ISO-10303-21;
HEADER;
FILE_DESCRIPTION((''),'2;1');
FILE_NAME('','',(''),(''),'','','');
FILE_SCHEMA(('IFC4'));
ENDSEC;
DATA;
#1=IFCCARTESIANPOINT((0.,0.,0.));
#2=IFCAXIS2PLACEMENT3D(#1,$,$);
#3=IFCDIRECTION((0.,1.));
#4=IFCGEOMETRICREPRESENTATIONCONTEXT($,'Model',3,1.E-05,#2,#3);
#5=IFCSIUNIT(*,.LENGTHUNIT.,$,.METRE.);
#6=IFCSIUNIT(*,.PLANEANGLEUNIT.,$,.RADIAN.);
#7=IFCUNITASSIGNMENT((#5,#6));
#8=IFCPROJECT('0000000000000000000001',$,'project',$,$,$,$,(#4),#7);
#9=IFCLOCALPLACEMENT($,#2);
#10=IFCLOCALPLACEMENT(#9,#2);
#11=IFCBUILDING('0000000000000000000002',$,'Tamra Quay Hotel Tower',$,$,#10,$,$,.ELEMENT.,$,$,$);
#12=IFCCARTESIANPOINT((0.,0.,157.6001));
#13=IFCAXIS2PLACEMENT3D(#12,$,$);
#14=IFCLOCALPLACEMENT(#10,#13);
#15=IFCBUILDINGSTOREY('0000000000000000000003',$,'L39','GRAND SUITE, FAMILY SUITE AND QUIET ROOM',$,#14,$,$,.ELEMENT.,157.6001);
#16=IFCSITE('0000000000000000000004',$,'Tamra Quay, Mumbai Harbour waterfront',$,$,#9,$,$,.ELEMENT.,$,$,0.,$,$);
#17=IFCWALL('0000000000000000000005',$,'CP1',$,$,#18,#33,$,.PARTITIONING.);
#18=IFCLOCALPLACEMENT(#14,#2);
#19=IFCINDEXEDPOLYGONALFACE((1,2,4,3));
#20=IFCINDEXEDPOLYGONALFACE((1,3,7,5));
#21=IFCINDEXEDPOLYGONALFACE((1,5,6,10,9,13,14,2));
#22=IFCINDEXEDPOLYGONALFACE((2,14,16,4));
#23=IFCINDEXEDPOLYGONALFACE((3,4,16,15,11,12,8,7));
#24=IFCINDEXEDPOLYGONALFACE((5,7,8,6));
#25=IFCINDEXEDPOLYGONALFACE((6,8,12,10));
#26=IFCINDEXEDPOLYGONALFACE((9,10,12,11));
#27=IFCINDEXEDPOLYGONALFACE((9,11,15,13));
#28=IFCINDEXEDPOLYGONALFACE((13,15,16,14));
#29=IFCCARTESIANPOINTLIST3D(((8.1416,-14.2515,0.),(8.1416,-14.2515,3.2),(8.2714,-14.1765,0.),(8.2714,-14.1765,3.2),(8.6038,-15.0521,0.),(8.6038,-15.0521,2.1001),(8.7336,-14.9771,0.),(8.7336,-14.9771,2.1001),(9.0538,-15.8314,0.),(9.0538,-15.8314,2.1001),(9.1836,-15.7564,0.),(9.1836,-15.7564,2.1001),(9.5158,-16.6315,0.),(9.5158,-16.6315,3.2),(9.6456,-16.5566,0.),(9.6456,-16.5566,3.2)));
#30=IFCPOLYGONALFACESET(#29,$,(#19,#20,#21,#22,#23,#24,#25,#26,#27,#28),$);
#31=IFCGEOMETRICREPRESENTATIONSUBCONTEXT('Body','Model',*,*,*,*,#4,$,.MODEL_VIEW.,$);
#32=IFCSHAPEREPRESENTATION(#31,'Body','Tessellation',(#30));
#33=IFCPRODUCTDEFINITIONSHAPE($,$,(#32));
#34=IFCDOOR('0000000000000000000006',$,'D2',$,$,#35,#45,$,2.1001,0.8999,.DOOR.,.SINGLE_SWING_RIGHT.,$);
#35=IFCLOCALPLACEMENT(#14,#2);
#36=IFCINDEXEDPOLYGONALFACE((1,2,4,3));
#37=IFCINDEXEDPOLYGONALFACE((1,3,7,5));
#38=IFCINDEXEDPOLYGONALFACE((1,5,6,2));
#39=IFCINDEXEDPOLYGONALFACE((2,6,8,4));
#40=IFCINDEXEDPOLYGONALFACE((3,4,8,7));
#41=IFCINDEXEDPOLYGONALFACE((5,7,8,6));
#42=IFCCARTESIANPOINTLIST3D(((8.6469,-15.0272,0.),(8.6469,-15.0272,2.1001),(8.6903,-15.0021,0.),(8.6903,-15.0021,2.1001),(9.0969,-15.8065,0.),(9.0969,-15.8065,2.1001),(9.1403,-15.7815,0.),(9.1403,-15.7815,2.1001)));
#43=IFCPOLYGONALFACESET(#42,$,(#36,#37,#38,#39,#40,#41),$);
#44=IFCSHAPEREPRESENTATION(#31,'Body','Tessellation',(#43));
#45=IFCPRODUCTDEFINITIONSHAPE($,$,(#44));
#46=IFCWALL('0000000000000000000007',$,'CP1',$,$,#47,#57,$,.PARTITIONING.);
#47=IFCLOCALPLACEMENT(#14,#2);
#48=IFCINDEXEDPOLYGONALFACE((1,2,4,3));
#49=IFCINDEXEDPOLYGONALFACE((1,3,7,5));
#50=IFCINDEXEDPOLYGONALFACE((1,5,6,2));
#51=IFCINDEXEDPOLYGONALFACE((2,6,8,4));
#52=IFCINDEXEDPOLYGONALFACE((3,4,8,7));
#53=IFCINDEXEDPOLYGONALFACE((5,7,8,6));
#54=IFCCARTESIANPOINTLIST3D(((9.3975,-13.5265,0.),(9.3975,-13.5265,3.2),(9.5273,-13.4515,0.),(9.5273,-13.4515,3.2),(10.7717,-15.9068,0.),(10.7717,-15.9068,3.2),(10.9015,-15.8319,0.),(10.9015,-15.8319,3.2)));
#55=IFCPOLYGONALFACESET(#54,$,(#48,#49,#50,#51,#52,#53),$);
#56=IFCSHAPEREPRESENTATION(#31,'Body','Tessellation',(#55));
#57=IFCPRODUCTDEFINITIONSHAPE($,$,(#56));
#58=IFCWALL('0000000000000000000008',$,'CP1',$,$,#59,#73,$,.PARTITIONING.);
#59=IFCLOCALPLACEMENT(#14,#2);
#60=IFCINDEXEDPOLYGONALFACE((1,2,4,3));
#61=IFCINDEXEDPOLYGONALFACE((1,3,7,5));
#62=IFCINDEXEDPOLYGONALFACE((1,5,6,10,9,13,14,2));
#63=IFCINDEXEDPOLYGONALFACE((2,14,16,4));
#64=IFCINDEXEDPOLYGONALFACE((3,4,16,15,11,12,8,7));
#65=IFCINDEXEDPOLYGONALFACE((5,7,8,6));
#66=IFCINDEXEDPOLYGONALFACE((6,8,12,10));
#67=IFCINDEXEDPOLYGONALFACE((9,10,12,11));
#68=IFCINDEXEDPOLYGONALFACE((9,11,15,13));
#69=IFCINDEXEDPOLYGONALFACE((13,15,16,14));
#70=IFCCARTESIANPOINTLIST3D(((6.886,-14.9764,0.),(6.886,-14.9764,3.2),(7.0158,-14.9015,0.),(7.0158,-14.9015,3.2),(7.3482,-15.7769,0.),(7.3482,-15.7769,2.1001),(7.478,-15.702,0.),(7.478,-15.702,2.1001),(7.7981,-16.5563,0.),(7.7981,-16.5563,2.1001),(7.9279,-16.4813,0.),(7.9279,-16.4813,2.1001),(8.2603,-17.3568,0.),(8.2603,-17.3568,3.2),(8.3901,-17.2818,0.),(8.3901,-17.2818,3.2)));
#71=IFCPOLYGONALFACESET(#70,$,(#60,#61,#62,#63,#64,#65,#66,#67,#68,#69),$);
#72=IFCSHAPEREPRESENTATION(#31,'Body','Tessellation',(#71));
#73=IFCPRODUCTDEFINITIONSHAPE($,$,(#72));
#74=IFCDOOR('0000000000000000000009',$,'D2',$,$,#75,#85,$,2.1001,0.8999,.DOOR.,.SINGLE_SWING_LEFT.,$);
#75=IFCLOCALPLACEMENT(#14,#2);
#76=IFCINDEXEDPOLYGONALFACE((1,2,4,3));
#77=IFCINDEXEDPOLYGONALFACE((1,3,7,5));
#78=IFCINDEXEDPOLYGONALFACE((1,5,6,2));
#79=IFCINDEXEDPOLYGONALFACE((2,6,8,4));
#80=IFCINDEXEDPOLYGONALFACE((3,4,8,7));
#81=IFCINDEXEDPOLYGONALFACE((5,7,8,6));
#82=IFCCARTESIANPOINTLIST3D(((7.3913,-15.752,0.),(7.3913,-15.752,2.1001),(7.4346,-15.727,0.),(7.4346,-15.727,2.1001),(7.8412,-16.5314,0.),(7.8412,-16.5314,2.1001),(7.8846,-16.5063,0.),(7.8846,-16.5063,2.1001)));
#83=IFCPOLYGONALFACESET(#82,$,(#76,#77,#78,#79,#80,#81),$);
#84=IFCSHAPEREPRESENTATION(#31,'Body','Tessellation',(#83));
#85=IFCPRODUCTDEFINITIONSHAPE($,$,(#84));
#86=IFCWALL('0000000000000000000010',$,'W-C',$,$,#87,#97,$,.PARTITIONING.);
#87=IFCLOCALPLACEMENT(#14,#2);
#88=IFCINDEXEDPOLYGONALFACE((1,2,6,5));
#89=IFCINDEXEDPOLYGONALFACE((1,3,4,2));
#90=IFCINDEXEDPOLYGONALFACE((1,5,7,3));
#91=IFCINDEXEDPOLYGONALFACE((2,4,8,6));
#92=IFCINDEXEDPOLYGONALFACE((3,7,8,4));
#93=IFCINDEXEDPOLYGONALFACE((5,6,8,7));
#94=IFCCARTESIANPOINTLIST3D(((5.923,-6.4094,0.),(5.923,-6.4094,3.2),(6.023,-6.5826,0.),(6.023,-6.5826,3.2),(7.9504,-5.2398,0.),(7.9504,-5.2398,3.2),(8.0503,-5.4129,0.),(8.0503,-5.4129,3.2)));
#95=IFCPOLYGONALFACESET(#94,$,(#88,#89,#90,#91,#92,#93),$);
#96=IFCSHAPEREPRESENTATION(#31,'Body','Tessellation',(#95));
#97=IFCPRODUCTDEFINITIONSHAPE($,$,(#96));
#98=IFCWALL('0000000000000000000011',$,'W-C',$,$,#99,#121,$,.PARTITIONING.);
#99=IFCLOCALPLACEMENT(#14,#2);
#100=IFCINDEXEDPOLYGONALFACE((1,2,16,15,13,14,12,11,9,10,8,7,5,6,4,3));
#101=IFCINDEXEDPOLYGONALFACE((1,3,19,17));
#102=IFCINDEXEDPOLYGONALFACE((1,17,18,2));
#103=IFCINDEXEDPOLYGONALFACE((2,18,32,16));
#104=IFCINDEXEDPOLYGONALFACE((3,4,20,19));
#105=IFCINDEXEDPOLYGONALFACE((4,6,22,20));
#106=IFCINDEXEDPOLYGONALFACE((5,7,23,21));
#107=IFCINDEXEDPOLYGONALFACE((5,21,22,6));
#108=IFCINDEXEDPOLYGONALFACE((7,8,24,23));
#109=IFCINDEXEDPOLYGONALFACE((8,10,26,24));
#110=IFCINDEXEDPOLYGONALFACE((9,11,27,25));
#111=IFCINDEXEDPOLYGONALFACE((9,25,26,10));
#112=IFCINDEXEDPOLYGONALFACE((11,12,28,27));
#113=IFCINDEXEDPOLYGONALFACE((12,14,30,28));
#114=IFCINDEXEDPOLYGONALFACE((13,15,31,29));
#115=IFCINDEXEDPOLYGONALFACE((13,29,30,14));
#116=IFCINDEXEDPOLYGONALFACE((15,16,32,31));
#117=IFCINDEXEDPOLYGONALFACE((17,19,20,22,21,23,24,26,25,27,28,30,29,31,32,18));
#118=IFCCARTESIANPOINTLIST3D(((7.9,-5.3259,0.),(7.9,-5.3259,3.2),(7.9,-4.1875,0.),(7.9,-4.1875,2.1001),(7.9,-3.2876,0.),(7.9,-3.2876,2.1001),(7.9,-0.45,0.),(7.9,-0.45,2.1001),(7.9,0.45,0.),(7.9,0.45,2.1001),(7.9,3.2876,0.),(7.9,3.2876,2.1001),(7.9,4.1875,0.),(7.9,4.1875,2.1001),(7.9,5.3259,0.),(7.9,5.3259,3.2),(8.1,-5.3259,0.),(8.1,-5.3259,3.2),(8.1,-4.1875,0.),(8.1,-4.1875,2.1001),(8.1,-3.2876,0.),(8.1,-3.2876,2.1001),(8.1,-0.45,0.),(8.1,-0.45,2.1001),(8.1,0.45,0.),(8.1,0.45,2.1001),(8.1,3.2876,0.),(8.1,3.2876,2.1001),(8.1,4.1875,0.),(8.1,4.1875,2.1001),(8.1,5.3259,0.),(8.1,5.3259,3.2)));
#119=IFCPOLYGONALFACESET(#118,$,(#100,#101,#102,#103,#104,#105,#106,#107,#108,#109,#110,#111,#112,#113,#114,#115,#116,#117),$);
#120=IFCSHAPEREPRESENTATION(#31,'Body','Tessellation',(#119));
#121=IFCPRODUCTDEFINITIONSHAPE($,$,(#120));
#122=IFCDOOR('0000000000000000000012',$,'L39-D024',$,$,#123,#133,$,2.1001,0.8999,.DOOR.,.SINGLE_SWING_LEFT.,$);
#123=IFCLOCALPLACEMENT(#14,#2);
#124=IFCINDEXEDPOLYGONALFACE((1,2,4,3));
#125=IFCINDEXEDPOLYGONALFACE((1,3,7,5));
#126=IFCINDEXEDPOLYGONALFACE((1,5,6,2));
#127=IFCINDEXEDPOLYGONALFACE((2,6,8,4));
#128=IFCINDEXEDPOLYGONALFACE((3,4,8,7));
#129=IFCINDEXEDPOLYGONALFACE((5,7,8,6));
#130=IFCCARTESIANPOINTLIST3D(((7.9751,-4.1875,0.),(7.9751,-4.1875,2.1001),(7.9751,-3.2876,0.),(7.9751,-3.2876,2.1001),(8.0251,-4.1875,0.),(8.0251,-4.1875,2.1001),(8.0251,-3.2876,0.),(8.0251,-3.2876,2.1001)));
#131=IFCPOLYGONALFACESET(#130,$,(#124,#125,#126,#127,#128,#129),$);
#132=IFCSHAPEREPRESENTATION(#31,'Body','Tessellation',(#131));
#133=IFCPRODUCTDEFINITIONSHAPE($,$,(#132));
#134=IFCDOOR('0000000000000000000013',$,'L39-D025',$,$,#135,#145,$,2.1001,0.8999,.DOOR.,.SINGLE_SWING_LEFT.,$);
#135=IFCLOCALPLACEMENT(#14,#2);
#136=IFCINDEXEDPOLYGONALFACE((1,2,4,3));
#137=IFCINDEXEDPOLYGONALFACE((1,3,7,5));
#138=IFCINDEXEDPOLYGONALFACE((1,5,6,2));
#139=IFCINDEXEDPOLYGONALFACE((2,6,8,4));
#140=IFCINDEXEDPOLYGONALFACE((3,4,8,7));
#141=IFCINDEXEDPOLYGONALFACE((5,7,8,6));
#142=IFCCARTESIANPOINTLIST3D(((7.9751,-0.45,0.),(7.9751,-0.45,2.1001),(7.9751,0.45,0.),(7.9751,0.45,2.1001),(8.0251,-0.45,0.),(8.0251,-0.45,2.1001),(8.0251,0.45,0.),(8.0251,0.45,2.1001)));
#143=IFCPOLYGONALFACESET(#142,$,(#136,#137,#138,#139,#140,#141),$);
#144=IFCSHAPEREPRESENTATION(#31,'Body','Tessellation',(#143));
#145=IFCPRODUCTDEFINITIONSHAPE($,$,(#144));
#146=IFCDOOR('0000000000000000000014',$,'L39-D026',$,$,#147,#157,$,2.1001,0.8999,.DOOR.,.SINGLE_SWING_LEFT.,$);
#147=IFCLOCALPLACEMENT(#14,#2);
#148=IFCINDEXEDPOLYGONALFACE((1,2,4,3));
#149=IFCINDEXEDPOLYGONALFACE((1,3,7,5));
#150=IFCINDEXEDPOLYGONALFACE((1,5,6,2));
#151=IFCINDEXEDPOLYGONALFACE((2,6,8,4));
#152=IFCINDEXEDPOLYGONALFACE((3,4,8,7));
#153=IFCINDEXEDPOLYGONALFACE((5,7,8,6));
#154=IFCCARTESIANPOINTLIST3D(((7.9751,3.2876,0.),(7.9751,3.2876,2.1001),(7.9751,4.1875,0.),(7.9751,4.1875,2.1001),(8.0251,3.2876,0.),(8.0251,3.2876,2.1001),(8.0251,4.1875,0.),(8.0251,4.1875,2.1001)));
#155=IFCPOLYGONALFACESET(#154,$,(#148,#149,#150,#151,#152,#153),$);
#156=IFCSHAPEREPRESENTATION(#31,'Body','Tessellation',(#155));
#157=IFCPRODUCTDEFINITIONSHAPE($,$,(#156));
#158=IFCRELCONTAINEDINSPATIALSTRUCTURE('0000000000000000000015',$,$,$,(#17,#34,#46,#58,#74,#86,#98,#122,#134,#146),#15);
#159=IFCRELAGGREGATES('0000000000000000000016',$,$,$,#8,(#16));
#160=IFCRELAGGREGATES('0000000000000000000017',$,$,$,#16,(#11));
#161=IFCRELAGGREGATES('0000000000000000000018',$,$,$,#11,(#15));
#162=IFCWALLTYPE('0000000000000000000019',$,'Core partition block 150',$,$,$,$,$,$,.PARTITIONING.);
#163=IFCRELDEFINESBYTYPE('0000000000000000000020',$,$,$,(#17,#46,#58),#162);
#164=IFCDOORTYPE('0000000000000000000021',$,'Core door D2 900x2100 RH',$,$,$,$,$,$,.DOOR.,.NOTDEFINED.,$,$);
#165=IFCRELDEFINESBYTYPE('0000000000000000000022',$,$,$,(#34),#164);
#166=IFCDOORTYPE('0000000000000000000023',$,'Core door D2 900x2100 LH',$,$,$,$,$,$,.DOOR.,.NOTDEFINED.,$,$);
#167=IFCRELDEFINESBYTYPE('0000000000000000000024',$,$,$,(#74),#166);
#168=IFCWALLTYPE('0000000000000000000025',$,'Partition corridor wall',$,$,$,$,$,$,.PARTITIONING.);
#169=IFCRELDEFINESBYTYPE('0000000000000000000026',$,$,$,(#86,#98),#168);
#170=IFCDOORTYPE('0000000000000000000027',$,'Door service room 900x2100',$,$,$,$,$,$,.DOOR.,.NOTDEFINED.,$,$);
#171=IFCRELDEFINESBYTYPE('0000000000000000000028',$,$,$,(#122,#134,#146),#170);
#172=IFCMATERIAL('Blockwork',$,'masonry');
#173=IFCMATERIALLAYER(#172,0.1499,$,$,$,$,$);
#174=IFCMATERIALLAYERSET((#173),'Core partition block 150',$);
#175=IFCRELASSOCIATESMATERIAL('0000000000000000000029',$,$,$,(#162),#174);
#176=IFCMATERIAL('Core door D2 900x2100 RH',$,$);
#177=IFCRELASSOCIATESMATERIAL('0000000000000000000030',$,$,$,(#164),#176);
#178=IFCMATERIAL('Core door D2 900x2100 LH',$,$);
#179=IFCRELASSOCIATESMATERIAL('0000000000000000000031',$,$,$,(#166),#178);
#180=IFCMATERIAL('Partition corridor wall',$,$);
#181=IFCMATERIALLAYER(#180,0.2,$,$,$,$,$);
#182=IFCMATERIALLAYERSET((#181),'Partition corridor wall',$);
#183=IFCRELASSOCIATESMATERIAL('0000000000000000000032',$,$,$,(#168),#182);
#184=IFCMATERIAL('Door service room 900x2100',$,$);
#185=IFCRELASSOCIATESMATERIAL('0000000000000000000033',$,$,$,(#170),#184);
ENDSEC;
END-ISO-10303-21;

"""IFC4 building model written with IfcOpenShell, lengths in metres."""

from ifc_helpers import new_model, si_unit, direction, frame, frame_2d, origin, place, context, subcontext, project, spatial, rectangle, extrude, material, layer, layer_set, type_object, element, fill, save


model = new_model("IFC4")

# Units and contexts
model_context = context("Model", 3, precision=1e-05, world=origin(), true_north=direction((0.0, 1.0)))
body_context = subcontext(model_context, "Body", "Model", "MODEL_VIEW")
ifc_project = project(units=[si_unit("LENGTHUNIT", "METRE"), si_unit("PLANEANGLEUNIT", "RADIAN")], contexts=[model_context])

# Site, building, storey
site_placement = place(None, origin())
site = spatial("IfcSite", under=ifc_project, at=site_placement, Name="Tamra Quay, Mumbai Harbour waterfront", CompositionType="ELEMENT", RefElevation=0.0)
building_placement = place(site_placement, origin())
building = spatial("IfcBuilding", under=site, at=building_placement, Name="Tamra Quay Hotel Tower", CompositionType="ELEMENT")
storey_placement = place(building_placement, frame((0.0, 0.0, 157.6001)))
storey = spatial("IfcBuildingStorey", under=building, at=storey_placement, Name="L39", Description="GRAND SUITE, FAMILY SUITE AND QUIET ROOM", CompositionType="ELEMENT", Elevation=157.6001)

# Wall, opening, door
ifc_material_1 = material(Name="Blockwork", Category="masonry")
ifc_layer_1 = layer(ifc_material_1, 0.1499)
ifc_layer_set_1 = layer_set([ifc_layer_1], Name="Core partition block 150")
wall_type_1 = type_object("IfcWallType", Name="Core partition block 150", PredefinedType="PARTITIONING", material=ifc_layer_set_1)
wall_1_placement = place(storey_placement, frame((8.2065, -14.2141, 0.0), z_axis=(0.0, 0.0, 1.0), x_axis=(0.500027, -0.86601, 0.0)))
wall_1 = element("IfcWall", 1, at=wall_1_placement, inside=storey, type_object=wall_type_1, Name="CP1", PredefinedType="PARTITIONING", context=body_context, shape_type="SweptSolid", body=[
    extrude(rectangle(XDim=2.7483, YDim=0.1499, at=frame_2d((1.374, 0.0))), origin(), (0.0, 0.0, 1.0), 3.2),
])
opening_1_placement = place(wall_1_placement, frame((0.9243, 0.0, 0.0)))
opening_1 = element("IfcOpeningElement", 2, at=opening_1_placement, cuts=wall_1, PredefinedType="OPENING", context=body_context, shape_type="SweptSolid", body=[
    extrude(rectangle(XDim=0.8999, YDim=2.1001, at=frame_2d((0.45, 1.05))), frame((0.0, 0.085, 0.0), z_axis=(0.0, -1.0, 0.0), x_axis=(1.0, 0.0, 0.0)), (0.0, 0.0, 1.0), 0.1699),
])
ifc_material_2 = material(Name="Core door D2 900x2100 RH")
door_type_1 = type_object("IfcDoorType", Name="Core door D2 900x2100 RH", OperationType="NOTDEFINED", PredefinedType="DOOR", material=ifc_material_2)
door_1_placement = place(opening_1_placement, origin())
door_1 = element("IfcDoor", 3, at=door_1_placement, inside=storey, type_object=door_type_1, Name="D2", OperationType="SINGLE_SWING_RIGHT", OverallHeight=2.1001, OverallWidth=0.8999, PredefinedType="DOOR", context=body_context, shape_type="SweptSolid", body=[
    extrude(rectangle(XDim=0.8999, YDim=2.1001, at=frame_2d((0.45, 1.05))), frame((0.0, 0.0249, 0.0), z_axis=(0.0, -1.0, 0.0), x_axis=(1.0, 0.0, 0.0)), (0.0, 0.0, 1.0), 0.05),
])
fill(opening_1, door_1)

# Wall
wall_2_placement = place(storey_placement, frame((9.4624, -13.489, 0.0), z_axis=(0.0, 0.0, 1.0), x_axis=(0.499989, -0.866032, 0.0)))
element("IfcWall", 4, at=wall_2_placement, inside=storey, type_object=wall_type_1, Name="CP1", PredefinedType="PARTITIONING", context=body_context, shape_type="SweptSolid", body=[
    extrude(rectangle(XDim=2.7485, YDim=0.1499, at=frame_2d((1.3743, 0.0))), origin(), (0.0, 0.0, 1.0), 3.2),
])

# Wall, opening, door
wall_3_placement = place(storey_placement, frame((6.9509, -14.939, 0.0), z_axis=(0.0, 0.0, 1.0), x_axis=(0.499989, -0.866032, 0.0)))
wall_3 = element("IfcWall", 5, at=wall_3_placement, inside=storey, type_object=wall_type_1, Name="CP1", PredefinedType="PARTITIONING", context=body_context, shape_type="SweptSolid", body=[
    extrude(rectangle(XDim=2.7485, YDim=0.1499, at=frame_2d((1.3743, 0.0))), origin(), (0.0, 0.0, 1.0), 3.2),
])
opening_2_placement = place(wall_3_placement, frame((0.9243, 0.0, 0.0)))
opening_2 = element("IfcOpeningElement", 6, at=opening_2_placement, cuts=wall_3, PredefinedType="OPENING", context=body_context, shape_type="SweptSolid", body=[
    extrude(rectangle(XDim=0.8999, YDim=2.1001, at=frame_2d((0.45, 1.05))), frame((0.0, 0.085, 0.0), z_axis=(0.0, -1.0, 0.0), x_axis=(1.0, 0.0, 0.0)), (0.0, 0.0, 1.0), 0.1699),
])
ifc_material_3 = material(Name="Core door D2 900x2100 LH")
door_type_2 = type_object("IfcDoorType", Name="Core door D2 900x2100 LH", OperationType="NOTDEFINED", PredefinedType="DOOR", material=ifc_material_3)
door_2_placement = place(opening_2_placement, origin())
door_2 = element("IfcDoor", 7, at=door_2_placement, inside=storey, type_object=door_type_2, Name="D2", OperationType="SINGLE_SWING_LEFT", OverallHeight=2.1001, OverallWidth=0.8999, PredefinedType="DOOR", context=body_context, shape_type="SweptSolid", body=[
    extrude(rectangle(XDim=0.8999, YDim=2.1001, at=frame_2d((0.45, 1.05))), frame((0.0, 0.0249, 0.0), z_axis=(0.0, -1.0, 0.0), x_axis=(1.0, 0.0, 0.0)), (0.0, 0.0, 1.0), 0.05),
])
fill(opening_2, door_2)

# Wall
ifc_material_4 = material(Name="Partition corridor wall")
ifc_layer_2 = layer(ifc_material_4, 0.2)
ifc_layer_set_2 = layer_set([ifc_layer_2], Name="Partition corridor wall")
wall_type_2 = type_object("IfcWallType", Name="Partition corridor wall", PredefinedType="PARTITIONING", material=ifc_layer_set_2)
wall_4_placement = place(storey_placement, frame((5.9729, -6.4961, 0.0), z_axis=(0.0, 0.0, 1.0), x_axis=(0.866175, 0.499741, 0.0)))
element("IfcWall", 8, at=wall_4_placement, inside=storey, type_object=wall_type_2, Name="W-C", PredefinedType="PARTITIONING", context=body_context, shape_type="SweptSolid", body=[
    extrude(rectangle(XDim=2.3406, YDim=0.2, at=frame_2d((1.1704, 0.0))), origin(), (0.0, 0.0, 1.0), 3.2),
])

# Wall, openings, doors
wall_5_placement = place(storey_placement, frame((8.0, -5.3259, 0.0), z_axis=(0.0, 0.0, 1.0), x_axis=(0.0, 1.0, 0.0)))
wall_5 = element("IfcWall", 9, at=wall_5_placement, inside=storey, type_object=wall_type_2, Name="W-C", PredefinedType="PARTITIONING", context=body_context, shape_type="SweptSolid", body=[
    extrude(rectangle(XDim=10.6519, YDim=0.2, at=frame_2d((5.3259, 0.0))), origin(), (0.0, 0.0, 1.0), 3.2),
])
opening_3_placement = place(wall_5_placement, frame((1.1384, 0.0, 0.0)))
opening_3 = element("IfcOpeningElement", 10, at=opening_3_placement, cuts=wall_5, PredefinedType="OPENING", context=body_context, shape_type="SweptSolid", body=[
    extrude(rectangle(XDim=0.8999, YDim=2.1001, at=frame_2d((0.45, 1.05))), frame((0.0, 0.1099, 0.0), z_axis=(0.0, -1.0, 0.0), x_axis=(1.0, 0.0, 0.0)), (0.0, 0.0, 1.0), 0.22),
])
opening_4_placement = place(wall_5_placement, frame((4.876, 0.0, 0.0)))
opening_4 = element("IfcOpeningElement", 11, at=opening_4_placement, cuts=wall_5, PredefinedType="OPENING", context=body_context, shape_type="SweptSolid", body=[
    extrude(rectangle(XDim=0.8999, YDim=2.1001, at=frame_2d((0.45, 1.05))), frame((0.0, 0.1099, 0.0), z_axis=(0.0, -1.0, 0.0), x_axis=(1.0, 0.0, 0.0)), (0.0, 0.0, 1.0), 0.22),
])
opening_5_placement = place(wall_5_placement, frame((8.6135, 0.0, 0.0)))
opening_5 = element("IfcOpeningElement", 12, at=opening_5_placement, cuts=wall_5, PredefinedType="OPENING", context=body_context, shape_type="SweptSolid", body=[
    extrude(rectangle(XDim=0.8999, YDim=2.1001, at=frame_2d((0.45, 1.05))), frame((0.0, 0.1099, 0.0), z_axis=(0.0, -1.0, 0.0), x_axis=(1.0, 0.0, 0.0)), (0.0, 0.0, 1.0), 0.22),
])
ifc_material_5 = material(Name="Door service room 900x2100")
door_type_3 = type_object("IfcDoorType", Name="Door service room 900x2100", OperationType="NOTDEFINED", PredefinedType="DOOR", material=ifc_material_5)
door_3_placement = place(opening_3_placement, origin())
door_3 = element("IfcDoor", 13, at=door_3_placement, inside=storey, type_object=door_type_3, Name="L39-D024", OperationType="SINGLE_SWING_LEFT", OverallHeight=2.1001, OverallWidth=0.8999, PredefinedType="DOOR", context=body_context, shape_type="SweptSolid", body=[
    extrude(rectangle(XDim=0.8999, YDim=2.1001, at=frame_2d((0.45, 1.05))), frame((0.0, 0.0249, 0.0), z_axis=(0.0, -1.0, 0.0), x_axis=(1.0, 0.0, 0.0)), (0.0, 0.0, 1.0), 0.05),
])
fill(opening_3, door_3)
door_4_placement = place(opening_4_placement, origin())
door_4 = element("IfcDoor", 14, at=door_4_placement, inside=storey, type_object=door_type_3, Name="L39-D025", OperationType="SINGLE_SWING_LEFT", OverallHeight=2.1001, OverallWidth=0.8999, PredefinedType="DOOR", context=body_context, shape_type="SweptSolid", body=[
    extrude(rectangle(XDim=0.8999, YDim=2.1001, at=frame_2d((0.45, 1.05))), frame((0.0, 0.0249, 0.0), z_axis=(0.0, -1.0, 0.0), x_axis=(1.0, 0.0, 0.0)), (0.0, 0.0, 1.0), 0.05),
])
fill(opening_4, door_4)
door_5_placement = place(opening_5_placement, origin())
door_5 = element("IfcDoor", 15, at=door_5_placement, inside=storey, type_object=door_type_3, Name="L39-D026", OperationType="SINGLE_SWING_LEFT", OverallHeight=2.1001, OverallWidth=0.8999, PredefinedType="DOOR", context=body_context, shape_type="SweptSolid", body=[
    extrude(rectangle(XDim=0.8999, YDim=2.1001, at=frame_2d((0.45, 1.05))), frame((0.0, 0.0249, 0.0), z_axis=(0.0, -1.0, 0.0), x_axis=(1.0, 0.0, 0.0)), (0.0, 0.0, 1.0), 0.05),
])
fill(opening_5, door_5)

save(model, "model.ifc")
